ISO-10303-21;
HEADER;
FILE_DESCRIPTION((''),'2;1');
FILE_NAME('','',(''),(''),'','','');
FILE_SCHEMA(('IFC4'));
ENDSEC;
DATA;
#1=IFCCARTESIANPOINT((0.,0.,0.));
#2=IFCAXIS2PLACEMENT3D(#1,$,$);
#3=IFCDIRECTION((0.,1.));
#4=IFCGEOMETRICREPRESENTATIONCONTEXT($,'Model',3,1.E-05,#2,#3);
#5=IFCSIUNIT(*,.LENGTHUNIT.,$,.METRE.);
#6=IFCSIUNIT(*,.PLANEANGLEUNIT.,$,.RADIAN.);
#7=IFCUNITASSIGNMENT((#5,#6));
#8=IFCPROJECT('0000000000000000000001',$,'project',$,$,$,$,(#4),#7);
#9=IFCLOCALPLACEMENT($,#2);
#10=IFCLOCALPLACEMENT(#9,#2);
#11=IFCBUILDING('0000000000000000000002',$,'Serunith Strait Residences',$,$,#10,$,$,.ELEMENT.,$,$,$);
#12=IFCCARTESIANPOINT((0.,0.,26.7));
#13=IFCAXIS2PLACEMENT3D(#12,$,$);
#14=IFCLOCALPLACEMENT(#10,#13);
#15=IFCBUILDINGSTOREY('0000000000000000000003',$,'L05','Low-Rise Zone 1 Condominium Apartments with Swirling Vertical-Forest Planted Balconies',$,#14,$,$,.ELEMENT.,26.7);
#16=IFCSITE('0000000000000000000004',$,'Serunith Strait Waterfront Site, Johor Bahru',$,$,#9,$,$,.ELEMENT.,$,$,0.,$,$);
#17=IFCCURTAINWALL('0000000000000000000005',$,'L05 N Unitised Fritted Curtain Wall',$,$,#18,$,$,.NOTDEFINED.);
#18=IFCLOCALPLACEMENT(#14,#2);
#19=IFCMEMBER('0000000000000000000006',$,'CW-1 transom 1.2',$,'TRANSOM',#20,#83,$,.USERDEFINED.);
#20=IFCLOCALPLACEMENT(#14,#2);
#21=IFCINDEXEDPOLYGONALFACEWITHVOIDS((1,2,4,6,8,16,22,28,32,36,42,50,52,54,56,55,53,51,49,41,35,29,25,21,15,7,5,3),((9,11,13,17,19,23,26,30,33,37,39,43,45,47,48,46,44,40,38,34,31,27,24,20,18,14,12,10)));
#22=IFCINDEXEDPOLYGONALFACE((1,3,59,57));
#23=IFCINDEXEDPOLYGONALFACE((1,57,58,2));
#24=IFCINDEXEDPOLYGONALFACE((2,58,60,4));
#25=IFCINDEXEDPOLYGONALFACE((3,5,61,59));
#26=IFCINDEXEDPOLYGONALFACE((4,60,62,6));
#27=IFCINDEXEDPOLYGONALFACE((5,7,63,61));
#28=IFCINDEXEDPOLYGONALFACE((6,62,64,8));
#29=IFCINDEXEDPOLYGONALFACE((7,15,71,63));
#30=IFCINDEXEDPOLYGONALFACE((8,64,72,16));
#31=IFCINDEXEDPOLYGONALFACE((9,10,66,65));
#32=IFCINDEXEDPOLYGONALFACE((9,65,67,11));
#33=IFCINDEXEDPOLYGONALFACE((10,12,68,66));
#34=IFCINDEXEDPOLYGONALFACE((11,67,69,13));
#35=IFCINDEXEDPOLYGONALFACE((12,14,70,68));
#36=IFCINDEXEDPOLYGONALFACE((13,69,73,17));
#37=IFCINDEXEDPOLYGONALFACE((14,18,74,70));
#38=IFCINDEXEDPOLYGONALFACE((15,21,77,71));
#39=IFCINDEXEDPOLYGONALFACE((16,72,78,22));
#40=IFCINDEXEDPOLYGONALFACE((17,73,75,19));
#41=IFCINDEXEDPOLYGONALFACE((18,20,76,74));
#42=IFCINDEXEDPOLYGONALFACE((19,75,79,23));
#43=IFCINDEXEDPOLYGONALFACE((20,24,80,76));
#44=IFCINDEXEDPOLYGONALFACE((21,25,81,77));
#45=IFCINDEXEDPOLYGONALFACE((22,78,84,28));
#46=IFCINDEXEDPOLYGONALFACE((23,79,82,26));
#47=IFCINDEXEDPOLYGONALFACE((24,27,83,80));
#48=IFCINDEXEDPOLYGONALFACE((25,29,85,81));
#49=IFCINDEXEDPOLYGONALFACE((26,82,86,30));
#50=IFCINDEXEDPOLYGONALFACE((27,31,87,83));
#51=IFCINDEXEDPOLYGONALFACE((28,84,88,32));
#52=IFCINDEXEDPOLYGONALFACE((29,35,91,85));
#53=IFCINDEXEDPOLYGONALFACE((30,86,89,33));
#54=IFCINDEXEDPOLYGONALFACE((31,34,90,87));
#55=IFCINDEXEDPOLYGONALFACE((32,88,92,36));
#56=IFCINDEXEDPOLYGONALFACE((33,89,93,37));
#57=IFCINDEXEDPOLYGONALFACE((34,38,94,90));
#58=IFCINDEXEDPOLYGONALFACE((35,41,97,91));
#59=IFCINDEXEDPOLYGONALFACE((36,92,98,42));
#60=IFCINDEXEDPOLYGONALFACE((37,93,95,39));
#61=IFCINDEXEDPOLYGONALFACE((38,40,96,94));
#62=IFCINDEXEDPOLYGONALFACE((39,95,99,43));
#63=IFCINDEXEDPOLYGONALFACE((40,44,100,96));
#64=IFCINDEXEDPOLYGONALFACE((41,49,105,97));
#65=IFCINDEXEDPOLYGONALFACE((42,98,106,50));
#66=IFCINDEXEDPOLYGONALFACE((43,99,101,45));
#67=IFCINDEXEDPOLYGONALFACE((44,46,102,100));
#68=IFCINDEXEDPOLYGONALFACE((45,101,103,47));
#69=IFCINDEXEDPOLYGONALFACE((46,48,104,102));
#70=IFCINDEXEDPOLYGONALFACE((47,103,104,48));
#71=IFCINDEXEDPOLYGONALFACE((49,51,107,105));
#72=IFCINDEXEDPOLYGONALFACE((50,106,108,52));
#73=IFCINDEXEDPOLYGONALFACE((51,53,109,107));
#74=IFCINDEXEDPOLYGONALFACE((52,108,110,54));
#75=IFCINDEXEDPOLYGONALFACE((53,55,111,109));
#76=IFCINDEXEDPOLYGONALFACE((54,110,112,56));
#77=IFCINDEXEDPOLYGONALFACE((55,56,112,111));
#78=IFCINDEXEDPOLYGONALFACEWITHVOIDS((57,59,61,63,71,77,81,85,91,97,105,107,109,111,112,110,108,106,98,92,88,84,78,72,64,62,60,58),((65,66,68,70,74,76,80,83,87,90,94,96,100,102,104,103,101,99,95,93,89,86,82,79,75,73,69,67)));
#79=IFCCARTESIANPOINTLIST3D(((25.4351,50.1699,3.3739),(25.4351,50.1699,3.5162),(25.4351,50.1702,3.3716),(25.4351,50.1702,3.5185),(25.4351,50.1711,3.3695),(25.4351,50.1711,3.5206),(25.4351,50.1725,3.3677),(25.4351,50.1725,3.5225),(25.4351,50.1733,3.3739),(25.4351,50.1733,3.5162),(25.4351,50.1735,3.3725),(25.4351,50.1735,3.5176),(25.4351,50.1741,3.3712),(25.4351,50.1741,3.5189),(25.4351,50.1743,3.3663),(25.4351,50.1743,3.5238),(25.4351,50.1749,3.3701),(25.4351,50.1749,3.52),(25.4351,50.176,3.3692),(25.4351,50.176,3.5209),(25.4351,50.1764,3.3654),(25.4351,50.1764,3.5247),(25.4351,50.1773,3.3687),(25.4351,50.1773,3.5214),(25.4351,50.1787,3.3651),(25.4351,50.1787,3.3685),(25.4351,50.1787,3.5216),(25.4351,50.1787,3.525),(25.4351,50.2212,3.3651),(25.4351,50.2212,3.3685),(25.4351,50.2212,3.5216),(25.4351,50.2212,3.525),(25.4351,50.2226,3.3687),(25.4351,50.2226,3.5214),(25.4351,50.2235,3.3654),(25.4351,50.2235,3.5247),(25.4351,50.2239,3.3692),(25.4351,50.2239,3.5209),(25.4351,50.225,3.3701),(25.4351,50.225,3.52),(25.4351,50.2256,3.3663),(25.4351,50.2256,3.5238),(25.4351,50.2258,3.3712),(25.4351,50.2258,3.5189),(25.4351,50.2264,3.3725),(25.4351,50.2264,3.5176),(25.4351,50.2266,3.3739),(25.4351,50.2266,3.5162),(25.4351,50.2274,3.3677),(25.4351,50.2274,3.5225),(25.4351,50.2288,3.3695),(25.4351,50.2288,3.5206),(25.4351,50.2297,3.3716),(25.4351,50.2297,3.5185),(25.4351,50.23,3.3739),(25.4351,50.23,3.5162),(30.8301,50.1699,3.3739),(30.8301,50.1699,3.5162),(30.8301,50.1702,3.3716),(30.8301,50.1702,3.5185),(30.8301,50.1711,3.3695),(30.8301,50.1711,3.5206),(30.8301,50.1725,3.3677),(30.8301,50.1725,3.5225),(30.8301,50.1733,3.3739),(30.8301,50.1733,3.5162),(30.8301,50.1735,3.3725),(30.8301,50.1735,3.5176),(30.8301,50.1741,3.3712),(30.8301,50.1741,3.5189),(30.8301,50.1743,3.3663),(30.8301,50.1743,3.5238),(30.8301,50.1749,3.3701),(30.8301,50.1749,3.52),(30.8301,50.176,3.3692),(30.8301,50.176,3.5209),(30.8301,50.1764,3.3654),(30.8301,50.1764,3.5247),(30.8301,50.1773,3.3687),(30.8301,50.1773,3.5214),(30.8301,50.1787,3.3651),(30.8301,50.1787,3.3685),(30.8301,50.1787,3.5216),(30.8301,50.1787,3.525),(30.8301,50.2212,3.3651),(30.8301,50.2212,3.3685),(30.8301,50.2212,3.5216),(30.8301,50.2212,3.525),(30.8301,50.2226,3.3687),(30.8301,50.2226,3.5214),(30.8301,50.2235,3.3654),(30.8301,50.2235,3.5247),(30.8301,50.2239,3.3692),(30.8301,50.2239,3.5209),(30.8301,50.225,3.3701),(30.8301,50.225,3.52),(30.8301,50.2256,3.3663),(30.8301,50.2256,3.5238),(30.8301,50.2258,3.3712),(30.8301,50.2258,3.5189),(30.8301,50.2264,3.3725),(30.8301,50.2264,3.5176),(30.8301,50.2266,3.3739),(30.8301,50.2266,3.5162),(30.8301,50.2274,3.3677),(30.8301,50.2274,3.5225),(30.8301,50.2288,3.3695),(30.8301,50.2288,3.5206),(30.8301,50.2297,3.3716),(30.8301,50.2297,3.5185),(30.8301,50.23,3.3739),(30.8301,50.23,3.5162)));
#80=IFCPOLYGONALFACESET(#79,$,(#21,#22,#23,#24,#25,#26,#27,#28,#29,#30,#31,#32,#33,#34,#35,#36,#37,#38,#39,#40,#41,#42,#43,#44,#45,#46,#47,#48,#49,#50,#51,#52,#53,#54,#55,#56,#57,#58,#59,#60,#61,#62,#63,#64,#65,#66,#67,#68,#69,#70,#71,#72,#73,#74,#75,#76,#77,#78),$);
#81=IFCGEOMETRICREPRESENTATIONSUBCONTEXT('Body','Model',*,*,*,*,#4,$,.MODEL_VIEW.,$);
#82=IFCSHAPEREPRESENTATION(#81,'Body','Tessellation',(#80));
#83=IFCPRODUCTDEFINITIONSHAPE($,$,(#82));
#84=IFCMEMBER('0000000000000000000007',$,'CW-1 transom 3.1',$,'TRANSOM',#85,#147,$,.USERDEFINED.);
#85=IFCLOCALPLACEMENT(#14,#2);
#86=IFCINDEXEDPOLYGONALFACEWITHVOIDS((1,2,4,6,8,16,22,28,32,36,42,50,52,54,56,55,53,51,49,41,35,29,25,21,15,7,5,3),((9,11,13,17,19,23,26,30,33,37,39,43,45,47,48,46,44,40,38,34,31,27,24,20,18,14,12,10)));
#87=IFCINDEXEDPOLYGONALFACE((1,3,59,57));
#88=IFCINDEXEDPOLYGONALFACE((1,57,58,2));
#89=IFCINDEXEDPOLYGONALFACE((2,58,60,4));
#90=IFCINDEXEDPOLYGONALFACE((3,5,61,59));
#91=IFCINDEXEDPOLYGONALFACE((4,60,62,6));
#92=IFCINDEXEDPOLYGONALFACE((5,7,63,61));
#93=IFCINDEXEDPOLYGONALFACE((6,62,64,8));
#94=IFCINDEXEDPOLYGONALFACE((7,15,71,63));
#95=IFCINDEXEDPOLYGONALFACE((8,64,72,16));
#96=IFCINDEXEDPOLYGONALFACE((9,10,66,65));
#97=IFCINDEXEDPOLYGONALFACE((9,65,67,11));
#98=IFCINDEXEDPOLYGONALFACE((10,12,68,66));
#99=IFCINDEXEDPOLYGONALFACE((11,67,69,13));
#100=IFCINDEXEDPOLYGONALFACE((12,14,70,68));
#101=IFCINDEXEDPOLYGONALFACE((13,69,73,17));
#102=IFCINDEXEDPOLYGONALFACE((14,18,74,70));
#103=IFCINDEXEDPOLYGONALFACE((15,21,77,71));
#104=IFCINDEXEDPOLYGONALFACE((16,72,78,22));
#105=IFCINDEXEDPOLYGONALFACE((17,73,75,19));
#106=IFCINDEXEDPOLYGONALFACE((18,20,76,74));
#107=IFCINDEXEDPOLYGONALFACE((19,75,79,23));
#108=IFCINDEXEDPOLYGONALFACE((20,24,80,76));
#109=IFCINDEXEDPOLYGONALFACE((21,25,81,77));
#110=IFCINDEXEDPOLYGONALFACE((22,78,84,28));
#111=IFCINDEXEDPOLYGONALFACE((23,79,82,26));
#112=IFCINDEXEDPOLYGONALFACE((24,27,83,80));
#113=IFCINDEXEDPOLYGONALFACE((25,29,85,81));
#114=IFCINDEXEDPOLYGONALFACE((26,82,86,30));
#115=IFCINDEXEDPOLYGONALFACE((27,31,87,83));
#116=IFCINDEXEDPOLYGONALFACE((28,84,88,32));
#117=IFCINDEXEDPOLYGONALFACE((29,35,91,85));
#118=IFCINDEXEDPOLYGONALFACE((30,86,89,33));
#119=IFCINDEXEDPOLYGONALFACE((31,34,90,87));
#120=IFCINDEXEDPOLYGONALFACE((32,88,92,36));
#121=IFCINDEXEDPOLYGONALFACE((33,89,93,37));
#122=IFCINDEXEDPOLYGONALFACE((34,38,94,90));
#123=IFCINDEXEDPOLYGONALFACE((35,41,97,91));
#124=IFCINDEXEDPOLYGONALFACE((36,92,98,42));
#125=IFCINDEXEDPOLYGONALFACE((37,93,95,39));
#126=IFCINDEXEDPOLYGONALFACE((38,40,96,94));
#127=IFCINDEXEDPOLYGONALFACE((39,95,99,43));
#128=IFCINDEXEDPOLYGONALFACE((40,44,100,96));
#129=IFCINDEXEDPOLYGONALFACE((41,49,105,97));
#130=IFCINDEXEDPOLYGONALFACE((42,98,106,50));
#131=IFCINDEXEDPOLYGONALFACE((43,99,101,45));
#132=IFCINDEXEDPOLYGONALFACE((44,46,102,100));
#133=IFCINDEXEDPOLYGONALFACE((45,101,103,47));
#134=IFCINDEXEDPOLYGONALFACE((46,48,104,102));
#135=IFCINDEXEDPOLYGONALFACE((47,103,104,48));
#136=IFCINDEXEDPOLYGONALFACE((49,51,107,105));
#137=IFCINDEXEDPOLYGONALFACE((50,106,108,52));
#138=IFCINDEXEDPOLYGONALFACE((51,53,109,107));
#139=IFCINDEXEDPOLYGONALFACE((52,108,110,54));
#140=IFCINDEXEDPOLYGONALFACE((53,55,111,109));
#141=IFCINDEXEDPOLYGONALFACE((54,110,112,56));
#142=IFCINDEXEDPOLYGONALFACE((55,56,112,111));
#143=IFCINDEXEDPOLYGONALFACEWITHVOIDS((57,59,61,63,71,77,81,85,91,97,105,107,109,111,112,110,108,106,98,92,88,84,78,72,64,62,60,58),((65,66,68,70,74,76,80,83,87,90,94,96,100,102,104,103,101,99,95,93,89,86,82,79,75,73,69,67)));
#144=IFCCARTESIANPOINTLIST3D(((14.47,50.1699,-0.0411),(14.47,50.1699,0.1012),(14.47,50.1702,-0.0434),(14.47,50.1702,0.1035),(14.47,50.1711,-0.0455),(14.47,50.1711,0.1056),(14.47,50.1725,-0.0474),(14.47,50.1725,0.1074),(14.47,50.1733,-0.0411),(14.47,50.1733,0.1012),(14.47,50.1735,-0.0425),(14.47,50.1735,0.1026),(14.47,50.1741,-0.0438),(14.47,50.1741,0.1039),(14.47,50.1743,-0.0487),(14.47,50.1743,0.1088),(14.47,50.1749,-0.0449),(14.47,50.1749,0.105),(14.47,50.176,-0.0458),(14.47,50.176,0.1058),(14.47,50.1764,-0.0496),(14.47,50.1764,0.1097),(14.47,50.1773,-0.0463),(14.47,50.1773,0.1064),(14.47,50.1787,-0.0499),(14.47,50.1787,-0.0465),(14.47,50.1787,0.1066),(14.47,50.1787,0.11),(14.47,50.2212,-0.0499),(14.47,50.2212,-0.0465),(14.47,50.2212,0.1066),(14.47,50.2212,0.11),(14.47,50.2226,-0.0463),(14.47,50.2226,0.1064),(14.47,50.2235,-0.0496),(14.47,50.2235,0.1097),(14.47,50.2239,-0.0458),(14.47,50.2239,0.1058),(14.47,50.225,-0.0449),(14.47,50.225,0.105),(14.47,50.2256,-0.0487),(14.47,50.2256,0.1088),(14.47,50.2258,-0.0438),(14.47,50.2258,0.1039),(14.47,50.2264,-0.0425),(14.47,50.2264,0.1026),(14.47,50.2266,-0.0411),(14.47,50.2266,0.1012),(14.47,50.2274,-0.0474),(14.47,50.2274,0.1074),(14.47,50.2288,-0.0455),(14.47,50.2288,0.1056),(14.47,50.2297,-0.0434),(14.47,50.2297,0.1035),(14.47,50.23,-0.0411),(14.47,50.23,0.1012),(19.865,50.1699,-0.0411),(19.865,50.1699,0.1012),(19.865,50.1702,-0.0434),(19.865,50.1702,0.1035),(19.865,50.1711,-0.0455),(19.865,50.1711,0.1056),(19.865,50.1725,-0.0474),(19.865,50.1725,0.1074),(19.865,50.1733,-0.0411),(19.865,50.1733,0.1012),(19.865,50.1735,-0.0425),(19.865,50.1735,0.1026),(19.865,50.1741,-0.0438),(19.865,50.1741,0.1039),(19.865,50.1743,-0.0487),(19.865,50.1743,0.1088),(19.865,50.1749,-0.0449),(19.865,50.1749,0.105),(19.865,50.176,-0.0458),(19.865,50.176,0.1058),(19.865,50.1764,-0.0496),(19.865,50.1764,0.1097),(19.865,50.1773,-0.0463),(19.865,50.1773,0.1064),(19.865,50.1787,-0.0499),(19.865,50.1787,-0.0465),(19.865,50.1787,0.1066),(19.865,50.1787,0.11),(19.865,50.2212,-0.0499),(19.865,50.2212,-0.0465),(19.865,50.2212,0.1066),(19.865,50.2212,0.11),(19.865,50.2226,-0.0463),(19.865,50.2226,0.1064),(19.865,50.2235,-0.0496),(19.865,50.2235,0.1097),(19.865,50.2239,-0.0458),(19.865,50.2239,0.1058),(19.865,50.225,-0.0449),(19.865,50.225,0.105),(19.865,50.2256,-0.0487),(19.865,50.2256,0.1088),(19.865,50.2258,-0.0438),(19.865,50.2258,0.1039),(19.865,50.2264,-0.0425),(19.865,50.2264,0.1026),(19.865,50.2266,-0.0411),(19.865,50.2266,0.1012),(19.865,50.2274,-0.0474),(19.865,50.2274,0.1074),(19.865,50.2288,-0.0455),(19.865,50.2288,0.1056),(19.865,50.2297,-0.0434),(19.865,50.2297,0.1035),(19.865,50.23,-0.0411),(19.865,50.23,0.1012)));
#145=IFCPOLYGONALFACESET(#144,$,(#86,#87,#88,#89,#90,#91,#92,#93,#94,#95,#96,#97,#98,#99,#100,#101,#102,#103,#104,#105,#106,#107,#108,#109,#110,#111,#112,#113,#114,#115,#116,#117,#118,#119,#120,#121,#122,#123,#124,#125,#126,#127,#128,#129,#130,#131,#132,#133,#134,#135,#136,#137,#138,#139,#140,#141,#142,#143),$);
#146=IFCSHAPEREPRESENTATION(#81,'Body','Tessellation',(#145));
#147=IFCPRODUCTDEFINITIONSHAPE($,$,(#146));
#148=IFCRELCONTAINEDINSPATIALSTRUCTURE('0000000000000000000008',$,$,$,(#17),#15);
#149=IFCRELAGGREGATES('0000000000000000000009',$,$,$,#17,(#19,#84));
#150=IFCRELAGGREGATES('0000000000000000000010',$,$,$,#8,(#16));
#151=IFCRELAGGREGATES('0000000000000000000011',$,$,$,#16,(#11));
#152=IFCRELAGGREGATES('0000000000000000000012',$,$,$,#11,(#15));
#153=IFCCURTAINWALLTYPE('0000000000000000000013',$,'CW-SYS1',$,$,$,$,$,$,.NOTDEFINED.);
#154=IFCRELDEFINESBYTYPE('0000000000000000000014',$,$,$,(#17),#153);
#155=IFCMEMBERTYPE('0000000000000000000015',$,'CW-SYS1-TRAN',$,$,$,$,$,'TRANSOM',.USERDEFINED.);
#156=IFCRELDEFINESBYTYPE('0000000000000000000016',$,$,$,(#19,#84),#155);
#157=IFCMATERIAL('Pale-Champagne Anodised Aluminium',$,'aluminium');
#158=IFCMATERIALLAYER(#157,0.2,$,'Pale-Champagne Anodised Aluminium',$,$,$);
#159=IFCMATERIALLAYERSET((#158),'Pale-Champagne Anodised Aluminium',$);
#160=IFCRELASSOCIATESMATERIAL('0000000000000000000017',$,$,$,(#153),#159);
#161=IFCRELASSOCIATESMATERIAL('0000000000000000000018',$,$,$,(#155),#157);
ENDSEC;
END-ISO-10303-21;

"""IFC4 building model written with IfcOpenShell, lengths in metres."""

from ifc_helpers import new_model, si_unit, direction, frame, origin, origin_2d, place, context, subcontext, project, spatial, hollow_rectangle, extrude, source, transform, mapped, material, layer, layer_set, material_profile, profile_set, type_object, element, aggregate, save


model = new_model("IFC4")

# Units and contexts
model_context = context("Model", 3, precision=1e-05, world=origin(), true_north=direction((0.0, 1.0)))
body_context = subcontext(model_context, "Body", "Model", "MODEL_VIEW")
ifc_project = project(units=[si_unit("LENGTHUNIT", "METRE"), si_unit("PLANEANGLEUNIT", "RADIAN")], contexts=[model_context])

# Site, building, storey
site_placement = place(None, origin())
site = spatial("IfcSite", under=ifc_project, at=site_placement, Name="Serunith Strait Waterfront Site, Johor Bahru", CompositionType="ELEMENT", RefElevation=0.0)
building_placement = place(site_placement, origin())
building = spatial("IfcBuilding", under=site, at=building_placement, Name="Serunith Strait Residences", CompositionType="ELEMENT")
storey_placement = place(building_placement, frame((0.0, 0.0, 26.7)))
storey = spatial("IfcBuildingStorey", under=building, at=storey_placement, Name="L05", Description="Low-Rise Zone 1 Condominium Apartments with Swirling Vertical-Forest Planted Balconies", CompositionType="ELEMENT", Elevation=26.7)

# Curtain wall, members
ifc_material_1 = material(Name="Pale-Champagne Anodised Aluminium", Category="aluminium")
ifc_layer_1 = layer(ifc_material_1, 0.2, Name="Pale-Champagne Anodised Aluminium")
ifc_layer_set_1 = layer_set([ifc_layer_1], Name="Pale-Champagne Anodised Aluminium")
curtain_wall_type = type_object("IfcCurtainWallType", Name="CW-SYS1", PredefinedType="NOTDEFINED", material=ifc_layer_set_1)
curtain_wall_placement = place(storey_placement, origin())
curtain_wall = element("IfcCurtainWall", 1, at=curtain_wall_placement, inside=storey, type_object=curtain_wall_type, Name="L05 N Unitised Fritted Curtain Wall", PredefinedType="NOTDEFINED")
ifc_material_profile_1 = material_profile(ifc_material_1, hollow_rectangle(XDim=0.0601, YDim=0.1599, WallThickness=0.0034, InnerFilletRadius=0.0054, OuterFilletRadius=0.0088, at=origin_2d()), Name="ALU 160x60x3.5")
ifc_profile_set_1 = profile_set([ifc_material_profile_1], Name="Pale-Champagne Anodised Aluminium")
member_type_1 = type_object("IfcMemberType", Name="CW-SYS1-TRAN", ElementType="TRANSOM", PredefinedType="USERDEFINED", material=ifc_profile_set_1)
shared_shape_1 = source(origin(), body_context, "Body", "SweptSolid", [
    extrude(hollow_rectangle(XDim=0.0601, YDim=0.1599, WallThickness=0.0034, InnerFilletRadius=0.0054, OuterFilletRadius=0.0088, at=origin_2d()), origin(), (0.0, 0.0, 1.0), 5.395),
])
member_1_placement = place(storey_placement, frame((30.8301, 50.2, 3.4451), z_axis=(-1.0, 0.0, 0.0), x_axis=(0.0, -1.0, 0.0)))
member_1 = element("IfcMember", 2, at=member_1_placement, type_object=member_type_1, Name="CW-1 transom 1.2", ObjectType="TRANSOM", PredefinedType="USERDEFINED", context=body_context, shape_type="MappedRepresentation", body=[
    mapped(shared_shape_1, transform((0.0, 0.0, 0.0), scale=1.0)),
])
member_2_placement = place(storey_placement, frame((19.865, 50.2, 0.03), z_axis=(-1.0, 0.0, 0.0), x_axis=(0.0, -1.0, 0.0)))
member_2 = element("IfcMember", 3, at=member_2_placement, type_object=member_type_1, Name="CW-1 transom 3.1", ObjectType="TRANSOM", PredefinedType="USERDEFINED", context=body_context, shape_type="MappedRepresentation", body=[
    mapped(shared_shape_1, transform((0.0, 0.0, 0.0), scale=1.0)),
])
aggregate(curtain_wall, [member_1, member_2])

save(model, "model.ifc")
